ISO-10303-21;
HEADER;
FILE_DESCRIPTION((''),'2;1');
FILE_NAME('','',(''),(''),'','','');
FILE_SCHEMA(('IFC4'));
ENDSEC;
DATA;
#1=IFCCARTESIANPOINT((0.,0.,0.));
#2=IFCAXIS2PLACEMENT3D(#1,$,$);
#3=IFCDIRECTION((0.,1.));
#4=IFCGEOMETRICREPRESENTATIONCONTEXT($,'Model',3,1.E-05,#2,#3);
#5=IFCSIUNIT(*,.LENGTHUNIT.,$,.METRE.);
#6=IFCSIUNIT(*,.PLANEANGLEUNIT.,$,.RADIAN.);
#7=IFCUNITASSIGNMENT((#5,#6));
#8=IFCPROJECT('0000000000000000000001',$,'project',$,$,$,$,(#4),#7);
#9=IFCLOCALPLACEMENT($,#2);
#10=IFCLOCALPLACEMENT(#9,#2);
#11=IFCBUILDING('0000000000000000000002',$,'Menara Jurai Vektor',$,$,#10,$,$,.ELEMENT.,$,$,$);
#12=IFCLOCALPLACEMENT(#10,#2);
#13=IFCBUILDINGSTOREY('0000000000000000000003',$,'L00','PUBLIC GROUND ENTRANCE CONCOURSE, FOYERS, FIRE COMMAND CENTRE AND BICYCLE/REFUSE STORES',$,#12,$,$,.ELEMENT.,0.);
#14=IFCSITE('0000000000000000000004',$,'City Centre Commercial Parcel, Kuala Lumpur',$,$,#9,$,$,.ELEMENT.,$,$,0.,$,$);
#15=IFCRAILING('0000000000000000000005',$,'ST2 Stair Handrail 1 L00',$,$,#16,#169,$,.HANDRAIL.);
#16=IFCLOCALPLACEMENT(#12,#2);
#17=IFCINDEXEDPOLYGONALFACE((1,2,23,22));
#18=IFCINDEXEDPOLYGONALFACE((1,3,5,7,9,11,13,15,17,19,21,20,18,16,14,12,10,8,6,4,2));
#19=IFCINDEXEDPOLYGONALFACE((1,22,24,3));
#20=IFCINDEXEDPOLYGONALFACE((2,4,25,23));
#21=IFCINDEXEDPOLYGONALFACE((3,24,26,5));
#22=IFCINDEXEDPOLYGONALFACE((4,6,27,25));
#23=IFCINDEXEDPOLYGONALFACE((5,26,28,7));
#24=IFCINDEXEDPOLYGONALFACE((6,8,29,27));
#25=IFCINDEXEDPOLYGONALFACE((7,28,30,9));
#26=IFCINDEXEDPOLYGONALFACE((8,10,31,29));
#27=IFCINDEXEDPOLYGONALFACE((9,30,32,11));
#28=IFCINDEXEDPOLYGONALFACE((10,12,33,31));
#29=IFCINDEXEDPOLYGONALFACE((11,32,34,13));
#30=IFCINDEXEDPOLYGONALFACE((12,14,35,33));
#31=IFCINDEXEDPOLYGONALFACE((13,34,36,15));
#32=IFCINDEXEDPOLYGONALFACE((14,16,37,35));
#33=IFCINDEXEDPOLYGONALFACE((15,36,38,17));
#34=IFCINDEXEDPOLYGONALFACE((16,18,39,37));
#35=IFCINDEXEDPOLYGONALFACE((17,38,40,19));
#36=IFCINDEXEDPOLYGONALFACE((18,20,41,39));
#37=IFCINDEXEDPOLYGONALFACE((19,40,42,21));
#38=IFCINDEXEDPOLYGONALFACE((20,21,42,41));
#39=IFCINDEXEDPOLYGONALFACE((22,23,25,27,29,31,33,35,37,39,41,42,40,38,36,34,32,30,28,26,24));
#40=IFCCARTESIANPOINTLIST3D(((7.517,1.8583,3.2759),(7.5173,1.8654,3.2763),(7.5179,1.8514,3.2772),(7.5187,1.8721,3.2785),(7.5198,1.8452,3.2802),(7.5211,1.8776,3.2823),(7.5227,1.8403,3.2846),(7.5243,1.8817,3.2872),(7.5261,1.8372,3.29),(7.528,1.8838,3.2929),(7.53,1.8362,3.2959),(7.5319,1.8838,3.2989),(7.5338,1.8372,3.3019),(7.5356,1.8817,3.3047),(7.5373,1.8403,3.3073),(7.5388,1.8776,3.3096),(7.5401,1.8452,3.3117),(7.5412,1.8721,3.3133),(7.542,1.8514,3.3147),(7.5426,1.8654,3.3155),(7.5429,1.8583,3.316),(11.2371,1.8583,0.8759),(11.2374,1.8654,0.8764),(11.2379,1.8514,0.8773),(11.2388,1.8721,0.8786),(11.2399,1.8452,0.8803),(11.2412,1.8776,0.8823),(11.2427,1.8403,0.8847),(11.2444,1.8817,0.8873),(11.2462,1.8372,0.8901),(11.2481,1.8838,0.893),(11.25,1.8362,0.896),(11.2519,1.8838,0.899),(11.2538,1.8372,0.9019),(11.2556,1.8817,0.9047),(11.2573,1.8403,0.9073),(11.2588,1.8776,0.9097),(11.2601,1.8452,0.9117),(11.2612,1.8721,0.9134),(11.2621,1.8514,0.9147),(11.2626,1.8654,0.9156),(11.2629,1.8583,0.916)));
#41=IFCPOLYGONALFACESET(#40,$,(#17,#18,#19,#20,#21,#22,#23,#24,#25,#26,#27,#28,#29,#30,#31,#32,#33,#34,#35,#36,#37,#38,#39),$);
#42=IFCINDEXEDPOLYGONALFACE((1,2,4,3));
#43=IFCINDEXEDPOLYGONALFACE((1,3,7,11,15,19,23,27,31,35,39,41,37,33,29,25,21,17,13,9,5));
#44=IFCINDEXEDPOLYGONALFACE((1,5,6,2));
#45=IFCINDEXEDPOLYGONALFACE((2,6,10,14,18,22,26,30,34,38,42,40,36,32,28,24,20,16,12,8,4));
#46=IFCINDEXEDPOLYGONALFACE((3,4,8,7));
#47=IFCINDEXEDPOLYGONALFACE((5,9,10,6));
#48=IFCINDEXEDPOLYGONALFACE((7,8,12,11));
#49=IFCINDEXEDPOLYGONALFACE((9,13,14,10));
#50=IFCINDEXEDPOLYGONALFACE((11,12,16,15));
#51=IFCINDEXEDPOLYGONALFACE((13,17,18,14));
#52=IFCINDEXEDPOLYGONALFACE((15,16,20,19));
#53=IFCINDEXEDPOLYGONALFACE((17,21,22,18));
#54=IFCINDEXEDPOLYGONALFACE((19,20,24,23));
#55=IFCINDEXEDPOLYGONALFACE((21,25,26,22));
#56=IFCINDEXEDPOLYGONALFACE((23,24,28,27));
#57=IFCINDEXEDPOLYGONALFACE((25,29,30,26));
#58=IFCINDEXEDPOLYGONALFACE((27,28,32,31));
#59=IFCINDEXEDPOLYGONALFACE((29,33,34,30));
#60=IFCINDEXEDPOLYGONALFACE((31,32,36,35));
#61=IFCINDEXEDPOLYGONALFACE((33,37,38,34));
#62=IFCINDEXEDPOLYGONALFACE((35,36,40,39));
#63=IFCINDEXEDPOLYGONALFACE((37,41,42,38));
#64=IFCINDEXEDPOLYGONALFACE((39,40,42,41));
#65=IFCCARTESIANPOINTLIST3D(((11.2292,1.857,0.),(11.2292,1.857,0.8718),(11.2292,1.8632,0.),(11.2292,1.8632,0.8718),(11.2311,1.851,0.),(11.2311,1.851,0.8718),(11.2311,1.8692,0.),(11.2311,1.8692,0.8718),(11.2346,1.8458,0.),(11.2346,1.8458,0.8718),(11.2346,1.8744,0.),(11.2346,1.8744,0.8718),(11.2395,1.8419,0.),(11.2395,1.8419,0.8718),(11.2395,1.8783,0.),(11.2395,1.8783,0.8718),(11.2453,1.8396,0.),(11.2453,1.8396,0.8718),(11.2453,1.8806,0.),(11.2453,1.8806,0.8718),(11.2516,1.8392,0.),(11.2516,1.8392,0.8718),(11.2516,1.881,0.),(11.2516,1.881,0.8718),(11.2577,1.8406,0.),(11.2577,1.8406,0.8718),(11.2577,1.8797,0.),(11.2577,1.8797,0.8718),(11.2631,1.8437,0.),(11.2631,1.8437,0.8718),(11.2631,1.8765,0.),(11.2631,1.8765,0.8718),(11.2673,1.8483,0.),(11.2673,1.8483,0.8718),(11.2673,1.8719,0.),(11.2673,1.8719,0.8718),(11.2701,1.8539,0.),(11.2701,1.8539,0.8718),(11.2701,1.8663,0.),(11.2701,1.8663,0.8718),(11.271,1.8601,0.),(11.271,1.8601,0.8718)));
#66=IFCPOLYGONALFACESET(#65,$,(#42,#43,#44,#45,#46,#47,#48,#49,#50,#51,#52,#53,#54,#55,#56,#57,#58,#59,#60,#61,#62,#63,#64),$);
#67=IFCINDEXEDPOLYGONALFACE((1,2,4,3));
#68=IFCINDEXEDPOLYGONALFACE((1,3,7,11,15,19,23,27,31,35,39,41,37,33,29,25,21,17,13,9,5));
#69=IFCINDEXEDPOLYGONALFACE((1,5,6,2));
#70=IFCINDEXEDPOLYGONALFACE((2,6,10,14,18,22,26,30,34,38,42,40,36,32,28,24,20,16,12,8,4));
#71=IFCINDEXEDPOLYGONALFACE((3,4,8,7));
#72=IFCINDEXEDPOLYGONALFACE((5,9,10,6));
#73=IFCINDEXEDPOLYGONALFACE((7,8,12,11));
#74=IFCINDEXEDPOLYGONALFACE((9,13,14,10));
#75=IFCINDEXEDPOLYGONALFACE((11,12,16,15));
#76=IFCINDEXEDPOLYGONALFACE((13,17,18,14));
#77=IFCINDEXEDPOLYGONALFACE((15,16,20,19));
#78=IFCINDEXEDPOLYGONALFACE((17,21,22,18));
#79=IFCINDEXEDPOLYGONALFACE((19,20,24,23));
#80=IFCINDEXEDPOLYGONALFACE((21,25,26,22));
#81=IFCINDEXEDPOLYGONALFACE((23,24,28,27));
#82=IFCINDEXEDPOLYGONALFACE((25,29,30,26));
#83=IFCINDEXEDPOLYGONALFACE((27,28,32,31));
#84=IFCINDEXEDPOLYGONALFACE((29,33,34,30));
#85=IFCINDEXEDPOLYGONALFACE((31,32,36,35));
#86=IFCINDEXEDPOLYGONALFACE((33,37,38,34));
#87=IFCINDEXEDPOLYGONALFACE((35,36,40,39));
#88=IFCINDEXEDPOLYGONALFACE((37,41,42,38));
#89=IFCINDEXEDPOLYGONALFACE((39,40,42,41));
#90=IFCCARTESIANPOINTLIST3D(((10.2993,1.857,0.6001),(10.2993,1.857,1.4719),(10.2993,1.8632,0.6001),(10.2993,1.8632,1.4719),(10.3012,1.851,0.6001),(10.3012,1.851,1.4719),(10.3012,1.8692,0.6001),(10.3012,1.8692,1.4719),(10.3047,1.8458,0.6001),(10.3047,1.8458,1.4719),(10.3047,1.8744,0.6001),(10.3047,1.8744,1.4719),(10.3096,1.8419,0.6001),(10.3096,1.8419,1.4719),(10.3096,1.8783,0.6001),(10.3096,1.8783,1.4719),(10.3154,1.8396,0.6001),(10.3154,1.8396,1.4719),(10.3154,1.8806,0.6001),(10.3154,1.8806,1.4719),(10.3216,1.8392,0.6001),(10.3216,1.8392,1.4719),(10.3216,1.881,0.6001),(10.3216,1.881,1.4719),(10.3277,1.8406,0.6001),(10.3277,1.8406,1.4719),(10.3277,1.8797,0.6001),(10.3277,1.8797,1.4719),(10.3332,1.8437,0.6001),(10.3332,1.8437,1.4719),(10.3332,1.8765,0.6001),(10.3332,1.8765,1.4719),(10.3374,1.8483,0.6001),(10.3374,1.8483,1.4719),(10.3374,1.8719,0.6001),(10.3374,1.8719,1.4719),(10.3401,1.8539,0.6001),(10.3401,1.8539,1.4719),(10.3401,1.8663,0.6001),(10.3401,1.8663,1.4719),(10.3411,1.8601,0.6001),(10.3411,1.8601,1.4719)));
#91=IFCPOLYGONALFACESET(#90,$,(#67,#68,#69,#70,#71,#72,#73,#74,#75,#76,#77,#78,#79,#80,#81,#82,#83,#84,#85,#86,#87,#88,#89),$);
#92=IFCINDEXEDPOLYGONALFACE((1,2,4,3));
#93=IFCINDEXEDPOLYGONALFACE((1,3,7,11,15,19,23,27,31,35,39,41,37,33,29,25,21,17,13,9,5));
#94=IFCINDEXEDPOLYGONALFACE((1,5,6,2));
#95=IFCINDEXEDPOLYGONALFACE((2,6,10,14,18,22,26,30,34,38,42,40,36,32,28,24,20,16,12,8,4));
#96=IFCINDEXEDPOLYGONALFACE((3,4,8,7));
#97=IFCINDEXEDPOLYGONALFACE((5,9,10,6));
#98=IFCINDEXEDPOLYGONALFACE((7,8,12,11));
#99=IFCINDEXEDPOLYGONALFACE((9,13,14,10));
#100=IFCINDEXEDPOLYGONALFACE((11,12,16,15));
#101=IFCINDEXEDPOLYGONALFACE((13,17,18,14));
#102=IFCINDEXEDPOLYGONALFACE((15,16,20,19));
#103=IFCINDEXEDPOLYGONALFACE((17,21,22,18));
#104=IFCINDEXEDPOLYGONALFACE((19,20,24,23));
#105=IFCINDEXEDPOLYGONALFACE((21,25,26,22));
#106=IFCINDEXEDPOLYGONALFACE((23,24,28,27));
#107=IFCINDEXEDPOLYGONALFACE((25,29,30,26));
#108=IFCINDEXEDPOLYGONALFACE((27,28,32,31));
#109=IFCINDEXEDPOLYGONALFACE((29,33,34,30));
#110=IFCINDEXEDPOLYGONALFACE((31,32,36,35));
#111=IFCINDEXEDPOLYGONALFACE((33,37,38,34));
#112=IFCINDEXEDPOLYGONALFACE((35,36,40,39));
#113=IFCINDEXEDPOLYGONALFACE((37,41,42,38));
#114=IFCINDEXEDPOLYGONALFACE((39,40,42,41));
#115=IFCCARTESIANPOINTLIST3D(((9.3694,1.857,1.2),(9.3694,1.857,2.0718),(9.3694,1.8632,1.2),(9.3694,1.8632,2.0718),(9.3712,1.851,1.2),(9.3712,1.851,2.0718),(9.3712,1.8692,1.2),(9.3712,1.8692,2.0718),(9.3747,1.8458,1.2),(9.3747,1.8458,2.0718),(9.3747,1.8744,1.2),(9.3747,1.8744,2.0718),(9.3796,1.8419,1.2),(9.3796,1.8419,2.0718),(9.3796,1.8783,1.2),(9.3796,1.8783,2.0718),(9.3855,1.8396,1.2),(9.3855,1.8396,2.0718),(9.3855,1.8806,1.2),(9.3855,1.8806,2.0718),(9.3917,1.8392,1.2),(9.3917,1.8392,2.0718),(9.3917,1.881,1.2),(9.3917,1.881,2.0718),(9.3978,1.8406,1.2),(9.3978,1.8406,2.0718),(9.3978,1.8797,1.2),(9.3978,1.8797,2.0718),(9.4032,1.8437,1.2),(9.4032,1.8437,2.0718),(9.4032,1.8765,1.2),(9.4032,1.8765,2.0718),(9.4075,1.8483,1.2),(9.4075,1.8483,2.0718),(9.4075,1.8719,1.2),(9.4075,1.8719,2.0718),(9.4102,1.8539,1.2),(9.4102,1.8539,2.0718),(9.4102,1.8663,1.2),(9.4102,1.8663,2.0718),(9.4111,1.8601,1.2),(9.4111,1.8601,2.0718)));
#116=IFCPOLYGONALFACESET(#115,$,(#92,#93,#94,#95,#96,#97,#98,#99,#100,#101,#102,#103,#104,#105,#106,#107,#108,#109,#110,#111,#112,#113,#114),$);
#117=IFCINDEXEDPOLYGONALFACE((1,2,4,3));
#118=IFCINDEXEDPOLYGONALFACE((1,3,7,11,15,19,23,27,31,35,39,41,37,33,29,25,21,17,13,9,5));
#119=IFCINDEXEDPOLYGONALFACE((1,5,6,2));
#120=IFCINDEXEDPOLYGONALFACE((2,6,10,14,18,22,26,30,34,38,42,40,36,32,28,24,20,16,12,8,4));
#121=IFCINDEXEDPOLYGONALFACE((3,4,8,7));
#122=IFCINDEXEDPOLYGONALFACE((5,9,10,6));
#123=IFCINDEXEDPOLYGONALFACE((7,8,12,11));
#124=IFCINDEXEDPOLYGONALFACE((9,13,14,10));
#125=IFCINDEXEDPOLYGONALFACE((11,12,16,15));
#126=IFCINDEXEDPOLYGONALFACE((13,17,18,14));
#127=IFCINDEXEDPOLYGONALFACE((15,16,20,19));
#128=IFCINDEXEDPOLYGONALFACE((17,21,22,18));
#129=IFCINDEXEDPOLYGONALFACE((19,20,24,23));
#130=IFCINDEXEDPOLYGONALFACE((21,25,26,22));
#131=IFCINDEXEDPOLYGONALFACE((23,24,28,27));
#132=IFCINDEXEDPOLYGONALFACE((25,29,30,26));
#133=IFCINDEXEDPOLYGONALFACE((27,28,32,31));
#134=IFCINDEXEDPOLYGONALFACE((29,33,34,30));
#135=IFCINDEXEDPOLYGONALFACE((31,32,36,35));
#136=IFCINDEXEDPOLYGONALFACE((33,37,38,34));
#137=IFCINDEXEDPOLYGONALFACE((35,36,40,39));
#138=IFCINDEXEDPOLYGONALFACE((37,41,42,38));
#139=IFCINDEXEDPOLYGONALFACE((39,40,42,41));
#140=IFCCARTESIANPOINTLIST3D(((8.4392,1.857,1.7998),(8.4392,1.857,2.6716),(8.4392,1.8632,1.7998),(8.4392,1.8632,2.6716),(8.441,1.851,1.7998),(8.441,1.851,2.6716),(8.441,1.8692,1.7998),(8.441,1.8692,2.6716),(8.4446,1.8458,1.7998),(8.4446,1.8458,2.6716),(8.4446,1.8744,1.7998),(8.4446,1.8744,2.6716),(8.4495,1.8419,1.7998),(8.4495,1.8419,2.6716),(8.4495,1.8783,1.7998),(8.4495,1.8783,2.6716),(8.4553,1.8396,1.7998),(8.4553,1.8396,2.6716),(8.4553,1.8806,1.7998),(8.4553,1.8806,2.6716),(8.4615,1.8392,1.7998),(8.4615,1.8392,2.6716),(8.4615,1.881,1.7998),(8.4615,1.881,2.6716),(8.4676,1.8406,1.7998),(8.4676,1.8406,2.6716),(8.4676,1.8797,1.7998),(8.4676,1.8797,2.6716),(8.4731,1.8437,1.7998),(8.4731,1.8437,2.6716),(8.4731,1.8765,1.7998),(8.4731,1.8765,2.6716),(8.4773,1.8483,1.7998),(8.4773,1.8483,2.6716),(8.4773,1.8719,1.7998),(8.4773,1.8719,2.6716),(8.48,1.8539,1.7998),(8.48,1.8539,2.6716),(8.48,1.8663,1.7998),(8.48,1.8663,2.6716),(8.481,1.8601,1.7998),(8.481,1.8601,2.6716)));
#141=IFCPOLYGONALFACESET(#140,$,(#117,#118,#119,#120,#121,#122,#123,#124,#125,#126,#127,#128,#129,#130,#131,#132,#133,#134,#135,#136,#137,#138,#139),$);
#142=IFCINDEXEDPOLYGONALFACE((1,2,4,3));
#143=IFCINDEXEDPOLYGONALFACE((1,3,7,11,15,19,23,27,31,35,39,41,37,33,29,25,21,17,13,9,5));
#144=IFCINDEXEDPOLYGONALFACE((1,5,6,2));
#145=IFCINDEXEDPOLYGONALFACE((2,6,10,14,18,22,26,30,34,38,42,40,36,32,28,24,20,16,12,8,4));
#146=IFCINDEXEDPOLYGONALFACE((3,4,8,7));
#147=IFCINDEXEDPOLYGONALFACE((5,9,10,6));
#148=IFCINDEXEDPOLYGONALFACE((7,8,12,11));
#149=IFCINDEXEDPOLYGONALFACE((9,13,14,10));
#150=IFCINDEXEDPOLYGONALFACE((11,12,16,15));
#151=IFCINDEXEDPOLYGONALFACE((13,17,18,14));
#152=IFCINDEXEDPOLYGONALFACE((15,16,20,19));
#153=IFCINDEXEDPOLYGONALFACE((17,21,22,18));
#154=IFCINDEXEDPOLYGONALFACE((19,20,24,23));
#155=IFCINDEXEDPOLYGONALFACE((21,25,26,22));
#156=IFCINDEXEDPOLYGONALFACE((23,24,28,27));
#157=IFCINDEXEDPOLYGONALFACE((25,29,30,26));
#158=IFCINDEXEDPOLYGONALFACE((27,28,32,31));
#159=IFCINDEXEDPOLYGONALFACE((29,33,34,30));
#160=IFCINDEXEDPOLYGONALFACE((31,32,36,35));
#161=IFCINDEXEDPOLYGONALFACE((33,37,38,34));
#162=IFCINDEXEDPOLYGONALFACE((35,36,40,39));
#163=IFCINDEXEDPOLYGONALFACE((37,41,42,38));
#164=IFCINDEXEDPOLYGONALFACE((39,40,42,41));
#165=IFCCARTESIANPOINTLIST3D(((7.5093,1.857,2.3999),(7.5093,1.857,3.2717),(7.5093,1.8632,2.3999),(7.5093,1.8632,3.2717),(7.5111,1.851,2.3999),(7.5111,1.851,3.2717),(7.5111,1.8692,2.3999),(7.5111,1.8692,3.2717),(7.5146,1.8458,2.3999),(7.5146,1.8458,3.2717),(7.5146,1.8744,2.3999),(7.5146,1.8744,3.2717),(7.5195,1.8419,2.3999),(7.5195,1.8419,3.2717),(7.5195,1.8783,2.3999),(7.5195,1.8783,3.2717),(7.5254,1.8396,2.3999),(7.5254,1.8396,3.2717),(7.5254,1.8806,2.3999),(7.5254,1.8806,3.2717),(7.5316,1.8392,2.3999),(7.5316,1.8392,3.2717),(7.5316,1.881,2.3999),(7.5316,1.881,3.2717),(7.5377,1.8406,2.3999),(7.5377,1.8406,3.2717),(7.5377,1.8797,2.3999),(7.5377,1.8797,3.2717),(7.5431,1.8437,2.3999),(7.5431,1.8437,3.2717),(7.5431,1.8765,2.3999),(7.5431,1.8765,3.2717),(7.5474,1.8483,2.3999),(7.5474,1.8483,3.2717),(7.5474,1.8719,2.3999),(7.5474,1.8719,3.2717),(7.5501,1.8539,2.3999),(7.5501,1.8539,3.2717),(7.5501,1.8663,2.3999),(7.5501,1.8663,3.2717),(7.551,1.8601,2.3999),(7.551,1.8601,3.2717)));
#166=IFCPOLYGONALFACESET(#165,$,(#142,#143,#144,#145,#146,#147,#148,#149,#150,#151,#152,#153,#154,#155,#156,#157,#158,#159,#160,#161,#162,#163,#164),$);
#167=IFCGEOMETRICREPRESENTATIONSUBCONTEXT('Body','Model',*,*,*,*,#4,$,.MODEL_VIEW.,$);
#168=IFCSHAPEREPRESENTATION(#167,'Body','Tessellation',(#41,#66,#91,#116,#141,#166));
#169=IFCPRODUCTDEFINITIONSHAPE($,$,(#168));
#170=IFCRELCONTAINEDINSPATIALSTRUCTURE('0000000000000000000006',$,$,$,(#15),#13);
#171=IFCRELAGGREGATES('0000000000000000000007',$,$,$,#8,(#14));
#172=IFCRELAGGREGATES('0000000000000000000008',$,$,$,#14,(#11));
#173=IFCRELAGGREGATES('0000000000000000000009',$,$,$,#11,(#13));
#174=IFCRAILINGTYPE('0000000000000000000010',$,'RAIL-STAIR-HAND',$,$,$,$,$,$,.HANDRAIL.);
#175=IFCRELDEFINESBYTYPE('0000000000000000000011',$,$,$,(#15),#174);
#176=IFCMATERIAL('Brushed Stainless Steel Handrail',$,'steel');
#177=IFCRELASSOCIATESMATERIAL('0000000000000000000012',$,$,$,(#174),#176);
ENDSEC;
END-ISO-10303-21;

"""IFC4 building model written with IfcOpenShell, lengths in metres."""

from ifc_helpers import new_model, si_unit, direction, frame, origin, origin_2d, place, context, subcontext, project, spatial, circle, extrude, material, type_object, element, save


model = new_model("IFC4")

# Units and contexts
model_context = context("Model", 3, precision=1e-05, world=origin(), true_north=direction((0.0, 1.0)))
body_context = subcontext(model_context, "Body", "Model", "MODEL_VIEW")
ifc_project = project(units=[si_unit("LENGTHUNIT", "METRE"), si_unit("PLANEANGLEUNIT", "RADIAN")], contexts=[model_context])

# Site, building, storey
site_placement = place(None, origin())
site = spatial("IfcSite", under=ifc_project, at=site_placement, Name="City Centre Commercial Parcel, Kuala Lumpur", CompositionType="ELEMENT", RefElevation=0.0)
building_placement = place(site_placement, origin())
building = spatial("IfcBuilding", under=site, at=building_placement, Name="Menara Jurai Vektor", CompositionType="ELEMENT")
storey_placement = place(building_placement, origin())
storey = spatial("IfcBuildingStorey", under=building, at=storey_placement, Name="L00", Description="PUBLIC GROUND ENTRANCE CONCOURSE, FOYERS, FIRE COMMAND CENTRE AND BICYCLE/REFUSE STORES", CompositionType="ELEMENT", Elevation=0.0)

# Railing
ifc_material_1 = material(Name="Brushed Stainless Steel Handrail", Category="steel")
railing_type_1 = type_object("IfcRailingType", Name="RAIL-STAIR-HAND", PredefinedType="HANDRAIL", material=ifc_material_1)
railing_1_placement = place(storey_placement, frame((11.25, 1.8601, 0.0)))
element("IfcRailing", 1, at=railing_1_placement, inside=storey, type_object=railing_type_1, Name="ST2 Stair Handrail 1 L00", PredefinedType="HANDRAIL", context=body_context, shape_type="SweptSolid", body=[
    extrude(circle(Radius=0.0239, at=origin_2d()), frame((0.0, 0.0, 0.896), z_axis=(-0.840305, 0.0, 0.542114), x_axis=(0.0, -1.0, 0.0)), (0.0, 0.0, 1.0), 4.427),
    extrude(circle(Radius=0.021, at=origin_2d()), origin(), (0.0, 0.0, 1.0), 0.8718),
    extrude(circle(Radius=0.021, at=origin_2d()), frame((-0.9299, 0.0, 0.6001)), (0.0, 0.0, 1.0), 0.8718),
    extrude(circle(Radius=0.021, at=origin_2d()), frame((-1.8599, 0.0, 1.2)), (0.0, 0.0, 1.0), 0.8718),
    extrude(circle(Radius=0.021, at=origin_2d()), frame((-2.79, 0.0, 1.7998)), (0.0, 0.0, 1.0), 0.8718),
    extrude(circle(Radius=0.021, at=origin_2d()), frame((-3.72, 0.0, 2.3999)), (0.0, 0.0, 1.0), 0.8718),
])

save(model, "model.ifc")
